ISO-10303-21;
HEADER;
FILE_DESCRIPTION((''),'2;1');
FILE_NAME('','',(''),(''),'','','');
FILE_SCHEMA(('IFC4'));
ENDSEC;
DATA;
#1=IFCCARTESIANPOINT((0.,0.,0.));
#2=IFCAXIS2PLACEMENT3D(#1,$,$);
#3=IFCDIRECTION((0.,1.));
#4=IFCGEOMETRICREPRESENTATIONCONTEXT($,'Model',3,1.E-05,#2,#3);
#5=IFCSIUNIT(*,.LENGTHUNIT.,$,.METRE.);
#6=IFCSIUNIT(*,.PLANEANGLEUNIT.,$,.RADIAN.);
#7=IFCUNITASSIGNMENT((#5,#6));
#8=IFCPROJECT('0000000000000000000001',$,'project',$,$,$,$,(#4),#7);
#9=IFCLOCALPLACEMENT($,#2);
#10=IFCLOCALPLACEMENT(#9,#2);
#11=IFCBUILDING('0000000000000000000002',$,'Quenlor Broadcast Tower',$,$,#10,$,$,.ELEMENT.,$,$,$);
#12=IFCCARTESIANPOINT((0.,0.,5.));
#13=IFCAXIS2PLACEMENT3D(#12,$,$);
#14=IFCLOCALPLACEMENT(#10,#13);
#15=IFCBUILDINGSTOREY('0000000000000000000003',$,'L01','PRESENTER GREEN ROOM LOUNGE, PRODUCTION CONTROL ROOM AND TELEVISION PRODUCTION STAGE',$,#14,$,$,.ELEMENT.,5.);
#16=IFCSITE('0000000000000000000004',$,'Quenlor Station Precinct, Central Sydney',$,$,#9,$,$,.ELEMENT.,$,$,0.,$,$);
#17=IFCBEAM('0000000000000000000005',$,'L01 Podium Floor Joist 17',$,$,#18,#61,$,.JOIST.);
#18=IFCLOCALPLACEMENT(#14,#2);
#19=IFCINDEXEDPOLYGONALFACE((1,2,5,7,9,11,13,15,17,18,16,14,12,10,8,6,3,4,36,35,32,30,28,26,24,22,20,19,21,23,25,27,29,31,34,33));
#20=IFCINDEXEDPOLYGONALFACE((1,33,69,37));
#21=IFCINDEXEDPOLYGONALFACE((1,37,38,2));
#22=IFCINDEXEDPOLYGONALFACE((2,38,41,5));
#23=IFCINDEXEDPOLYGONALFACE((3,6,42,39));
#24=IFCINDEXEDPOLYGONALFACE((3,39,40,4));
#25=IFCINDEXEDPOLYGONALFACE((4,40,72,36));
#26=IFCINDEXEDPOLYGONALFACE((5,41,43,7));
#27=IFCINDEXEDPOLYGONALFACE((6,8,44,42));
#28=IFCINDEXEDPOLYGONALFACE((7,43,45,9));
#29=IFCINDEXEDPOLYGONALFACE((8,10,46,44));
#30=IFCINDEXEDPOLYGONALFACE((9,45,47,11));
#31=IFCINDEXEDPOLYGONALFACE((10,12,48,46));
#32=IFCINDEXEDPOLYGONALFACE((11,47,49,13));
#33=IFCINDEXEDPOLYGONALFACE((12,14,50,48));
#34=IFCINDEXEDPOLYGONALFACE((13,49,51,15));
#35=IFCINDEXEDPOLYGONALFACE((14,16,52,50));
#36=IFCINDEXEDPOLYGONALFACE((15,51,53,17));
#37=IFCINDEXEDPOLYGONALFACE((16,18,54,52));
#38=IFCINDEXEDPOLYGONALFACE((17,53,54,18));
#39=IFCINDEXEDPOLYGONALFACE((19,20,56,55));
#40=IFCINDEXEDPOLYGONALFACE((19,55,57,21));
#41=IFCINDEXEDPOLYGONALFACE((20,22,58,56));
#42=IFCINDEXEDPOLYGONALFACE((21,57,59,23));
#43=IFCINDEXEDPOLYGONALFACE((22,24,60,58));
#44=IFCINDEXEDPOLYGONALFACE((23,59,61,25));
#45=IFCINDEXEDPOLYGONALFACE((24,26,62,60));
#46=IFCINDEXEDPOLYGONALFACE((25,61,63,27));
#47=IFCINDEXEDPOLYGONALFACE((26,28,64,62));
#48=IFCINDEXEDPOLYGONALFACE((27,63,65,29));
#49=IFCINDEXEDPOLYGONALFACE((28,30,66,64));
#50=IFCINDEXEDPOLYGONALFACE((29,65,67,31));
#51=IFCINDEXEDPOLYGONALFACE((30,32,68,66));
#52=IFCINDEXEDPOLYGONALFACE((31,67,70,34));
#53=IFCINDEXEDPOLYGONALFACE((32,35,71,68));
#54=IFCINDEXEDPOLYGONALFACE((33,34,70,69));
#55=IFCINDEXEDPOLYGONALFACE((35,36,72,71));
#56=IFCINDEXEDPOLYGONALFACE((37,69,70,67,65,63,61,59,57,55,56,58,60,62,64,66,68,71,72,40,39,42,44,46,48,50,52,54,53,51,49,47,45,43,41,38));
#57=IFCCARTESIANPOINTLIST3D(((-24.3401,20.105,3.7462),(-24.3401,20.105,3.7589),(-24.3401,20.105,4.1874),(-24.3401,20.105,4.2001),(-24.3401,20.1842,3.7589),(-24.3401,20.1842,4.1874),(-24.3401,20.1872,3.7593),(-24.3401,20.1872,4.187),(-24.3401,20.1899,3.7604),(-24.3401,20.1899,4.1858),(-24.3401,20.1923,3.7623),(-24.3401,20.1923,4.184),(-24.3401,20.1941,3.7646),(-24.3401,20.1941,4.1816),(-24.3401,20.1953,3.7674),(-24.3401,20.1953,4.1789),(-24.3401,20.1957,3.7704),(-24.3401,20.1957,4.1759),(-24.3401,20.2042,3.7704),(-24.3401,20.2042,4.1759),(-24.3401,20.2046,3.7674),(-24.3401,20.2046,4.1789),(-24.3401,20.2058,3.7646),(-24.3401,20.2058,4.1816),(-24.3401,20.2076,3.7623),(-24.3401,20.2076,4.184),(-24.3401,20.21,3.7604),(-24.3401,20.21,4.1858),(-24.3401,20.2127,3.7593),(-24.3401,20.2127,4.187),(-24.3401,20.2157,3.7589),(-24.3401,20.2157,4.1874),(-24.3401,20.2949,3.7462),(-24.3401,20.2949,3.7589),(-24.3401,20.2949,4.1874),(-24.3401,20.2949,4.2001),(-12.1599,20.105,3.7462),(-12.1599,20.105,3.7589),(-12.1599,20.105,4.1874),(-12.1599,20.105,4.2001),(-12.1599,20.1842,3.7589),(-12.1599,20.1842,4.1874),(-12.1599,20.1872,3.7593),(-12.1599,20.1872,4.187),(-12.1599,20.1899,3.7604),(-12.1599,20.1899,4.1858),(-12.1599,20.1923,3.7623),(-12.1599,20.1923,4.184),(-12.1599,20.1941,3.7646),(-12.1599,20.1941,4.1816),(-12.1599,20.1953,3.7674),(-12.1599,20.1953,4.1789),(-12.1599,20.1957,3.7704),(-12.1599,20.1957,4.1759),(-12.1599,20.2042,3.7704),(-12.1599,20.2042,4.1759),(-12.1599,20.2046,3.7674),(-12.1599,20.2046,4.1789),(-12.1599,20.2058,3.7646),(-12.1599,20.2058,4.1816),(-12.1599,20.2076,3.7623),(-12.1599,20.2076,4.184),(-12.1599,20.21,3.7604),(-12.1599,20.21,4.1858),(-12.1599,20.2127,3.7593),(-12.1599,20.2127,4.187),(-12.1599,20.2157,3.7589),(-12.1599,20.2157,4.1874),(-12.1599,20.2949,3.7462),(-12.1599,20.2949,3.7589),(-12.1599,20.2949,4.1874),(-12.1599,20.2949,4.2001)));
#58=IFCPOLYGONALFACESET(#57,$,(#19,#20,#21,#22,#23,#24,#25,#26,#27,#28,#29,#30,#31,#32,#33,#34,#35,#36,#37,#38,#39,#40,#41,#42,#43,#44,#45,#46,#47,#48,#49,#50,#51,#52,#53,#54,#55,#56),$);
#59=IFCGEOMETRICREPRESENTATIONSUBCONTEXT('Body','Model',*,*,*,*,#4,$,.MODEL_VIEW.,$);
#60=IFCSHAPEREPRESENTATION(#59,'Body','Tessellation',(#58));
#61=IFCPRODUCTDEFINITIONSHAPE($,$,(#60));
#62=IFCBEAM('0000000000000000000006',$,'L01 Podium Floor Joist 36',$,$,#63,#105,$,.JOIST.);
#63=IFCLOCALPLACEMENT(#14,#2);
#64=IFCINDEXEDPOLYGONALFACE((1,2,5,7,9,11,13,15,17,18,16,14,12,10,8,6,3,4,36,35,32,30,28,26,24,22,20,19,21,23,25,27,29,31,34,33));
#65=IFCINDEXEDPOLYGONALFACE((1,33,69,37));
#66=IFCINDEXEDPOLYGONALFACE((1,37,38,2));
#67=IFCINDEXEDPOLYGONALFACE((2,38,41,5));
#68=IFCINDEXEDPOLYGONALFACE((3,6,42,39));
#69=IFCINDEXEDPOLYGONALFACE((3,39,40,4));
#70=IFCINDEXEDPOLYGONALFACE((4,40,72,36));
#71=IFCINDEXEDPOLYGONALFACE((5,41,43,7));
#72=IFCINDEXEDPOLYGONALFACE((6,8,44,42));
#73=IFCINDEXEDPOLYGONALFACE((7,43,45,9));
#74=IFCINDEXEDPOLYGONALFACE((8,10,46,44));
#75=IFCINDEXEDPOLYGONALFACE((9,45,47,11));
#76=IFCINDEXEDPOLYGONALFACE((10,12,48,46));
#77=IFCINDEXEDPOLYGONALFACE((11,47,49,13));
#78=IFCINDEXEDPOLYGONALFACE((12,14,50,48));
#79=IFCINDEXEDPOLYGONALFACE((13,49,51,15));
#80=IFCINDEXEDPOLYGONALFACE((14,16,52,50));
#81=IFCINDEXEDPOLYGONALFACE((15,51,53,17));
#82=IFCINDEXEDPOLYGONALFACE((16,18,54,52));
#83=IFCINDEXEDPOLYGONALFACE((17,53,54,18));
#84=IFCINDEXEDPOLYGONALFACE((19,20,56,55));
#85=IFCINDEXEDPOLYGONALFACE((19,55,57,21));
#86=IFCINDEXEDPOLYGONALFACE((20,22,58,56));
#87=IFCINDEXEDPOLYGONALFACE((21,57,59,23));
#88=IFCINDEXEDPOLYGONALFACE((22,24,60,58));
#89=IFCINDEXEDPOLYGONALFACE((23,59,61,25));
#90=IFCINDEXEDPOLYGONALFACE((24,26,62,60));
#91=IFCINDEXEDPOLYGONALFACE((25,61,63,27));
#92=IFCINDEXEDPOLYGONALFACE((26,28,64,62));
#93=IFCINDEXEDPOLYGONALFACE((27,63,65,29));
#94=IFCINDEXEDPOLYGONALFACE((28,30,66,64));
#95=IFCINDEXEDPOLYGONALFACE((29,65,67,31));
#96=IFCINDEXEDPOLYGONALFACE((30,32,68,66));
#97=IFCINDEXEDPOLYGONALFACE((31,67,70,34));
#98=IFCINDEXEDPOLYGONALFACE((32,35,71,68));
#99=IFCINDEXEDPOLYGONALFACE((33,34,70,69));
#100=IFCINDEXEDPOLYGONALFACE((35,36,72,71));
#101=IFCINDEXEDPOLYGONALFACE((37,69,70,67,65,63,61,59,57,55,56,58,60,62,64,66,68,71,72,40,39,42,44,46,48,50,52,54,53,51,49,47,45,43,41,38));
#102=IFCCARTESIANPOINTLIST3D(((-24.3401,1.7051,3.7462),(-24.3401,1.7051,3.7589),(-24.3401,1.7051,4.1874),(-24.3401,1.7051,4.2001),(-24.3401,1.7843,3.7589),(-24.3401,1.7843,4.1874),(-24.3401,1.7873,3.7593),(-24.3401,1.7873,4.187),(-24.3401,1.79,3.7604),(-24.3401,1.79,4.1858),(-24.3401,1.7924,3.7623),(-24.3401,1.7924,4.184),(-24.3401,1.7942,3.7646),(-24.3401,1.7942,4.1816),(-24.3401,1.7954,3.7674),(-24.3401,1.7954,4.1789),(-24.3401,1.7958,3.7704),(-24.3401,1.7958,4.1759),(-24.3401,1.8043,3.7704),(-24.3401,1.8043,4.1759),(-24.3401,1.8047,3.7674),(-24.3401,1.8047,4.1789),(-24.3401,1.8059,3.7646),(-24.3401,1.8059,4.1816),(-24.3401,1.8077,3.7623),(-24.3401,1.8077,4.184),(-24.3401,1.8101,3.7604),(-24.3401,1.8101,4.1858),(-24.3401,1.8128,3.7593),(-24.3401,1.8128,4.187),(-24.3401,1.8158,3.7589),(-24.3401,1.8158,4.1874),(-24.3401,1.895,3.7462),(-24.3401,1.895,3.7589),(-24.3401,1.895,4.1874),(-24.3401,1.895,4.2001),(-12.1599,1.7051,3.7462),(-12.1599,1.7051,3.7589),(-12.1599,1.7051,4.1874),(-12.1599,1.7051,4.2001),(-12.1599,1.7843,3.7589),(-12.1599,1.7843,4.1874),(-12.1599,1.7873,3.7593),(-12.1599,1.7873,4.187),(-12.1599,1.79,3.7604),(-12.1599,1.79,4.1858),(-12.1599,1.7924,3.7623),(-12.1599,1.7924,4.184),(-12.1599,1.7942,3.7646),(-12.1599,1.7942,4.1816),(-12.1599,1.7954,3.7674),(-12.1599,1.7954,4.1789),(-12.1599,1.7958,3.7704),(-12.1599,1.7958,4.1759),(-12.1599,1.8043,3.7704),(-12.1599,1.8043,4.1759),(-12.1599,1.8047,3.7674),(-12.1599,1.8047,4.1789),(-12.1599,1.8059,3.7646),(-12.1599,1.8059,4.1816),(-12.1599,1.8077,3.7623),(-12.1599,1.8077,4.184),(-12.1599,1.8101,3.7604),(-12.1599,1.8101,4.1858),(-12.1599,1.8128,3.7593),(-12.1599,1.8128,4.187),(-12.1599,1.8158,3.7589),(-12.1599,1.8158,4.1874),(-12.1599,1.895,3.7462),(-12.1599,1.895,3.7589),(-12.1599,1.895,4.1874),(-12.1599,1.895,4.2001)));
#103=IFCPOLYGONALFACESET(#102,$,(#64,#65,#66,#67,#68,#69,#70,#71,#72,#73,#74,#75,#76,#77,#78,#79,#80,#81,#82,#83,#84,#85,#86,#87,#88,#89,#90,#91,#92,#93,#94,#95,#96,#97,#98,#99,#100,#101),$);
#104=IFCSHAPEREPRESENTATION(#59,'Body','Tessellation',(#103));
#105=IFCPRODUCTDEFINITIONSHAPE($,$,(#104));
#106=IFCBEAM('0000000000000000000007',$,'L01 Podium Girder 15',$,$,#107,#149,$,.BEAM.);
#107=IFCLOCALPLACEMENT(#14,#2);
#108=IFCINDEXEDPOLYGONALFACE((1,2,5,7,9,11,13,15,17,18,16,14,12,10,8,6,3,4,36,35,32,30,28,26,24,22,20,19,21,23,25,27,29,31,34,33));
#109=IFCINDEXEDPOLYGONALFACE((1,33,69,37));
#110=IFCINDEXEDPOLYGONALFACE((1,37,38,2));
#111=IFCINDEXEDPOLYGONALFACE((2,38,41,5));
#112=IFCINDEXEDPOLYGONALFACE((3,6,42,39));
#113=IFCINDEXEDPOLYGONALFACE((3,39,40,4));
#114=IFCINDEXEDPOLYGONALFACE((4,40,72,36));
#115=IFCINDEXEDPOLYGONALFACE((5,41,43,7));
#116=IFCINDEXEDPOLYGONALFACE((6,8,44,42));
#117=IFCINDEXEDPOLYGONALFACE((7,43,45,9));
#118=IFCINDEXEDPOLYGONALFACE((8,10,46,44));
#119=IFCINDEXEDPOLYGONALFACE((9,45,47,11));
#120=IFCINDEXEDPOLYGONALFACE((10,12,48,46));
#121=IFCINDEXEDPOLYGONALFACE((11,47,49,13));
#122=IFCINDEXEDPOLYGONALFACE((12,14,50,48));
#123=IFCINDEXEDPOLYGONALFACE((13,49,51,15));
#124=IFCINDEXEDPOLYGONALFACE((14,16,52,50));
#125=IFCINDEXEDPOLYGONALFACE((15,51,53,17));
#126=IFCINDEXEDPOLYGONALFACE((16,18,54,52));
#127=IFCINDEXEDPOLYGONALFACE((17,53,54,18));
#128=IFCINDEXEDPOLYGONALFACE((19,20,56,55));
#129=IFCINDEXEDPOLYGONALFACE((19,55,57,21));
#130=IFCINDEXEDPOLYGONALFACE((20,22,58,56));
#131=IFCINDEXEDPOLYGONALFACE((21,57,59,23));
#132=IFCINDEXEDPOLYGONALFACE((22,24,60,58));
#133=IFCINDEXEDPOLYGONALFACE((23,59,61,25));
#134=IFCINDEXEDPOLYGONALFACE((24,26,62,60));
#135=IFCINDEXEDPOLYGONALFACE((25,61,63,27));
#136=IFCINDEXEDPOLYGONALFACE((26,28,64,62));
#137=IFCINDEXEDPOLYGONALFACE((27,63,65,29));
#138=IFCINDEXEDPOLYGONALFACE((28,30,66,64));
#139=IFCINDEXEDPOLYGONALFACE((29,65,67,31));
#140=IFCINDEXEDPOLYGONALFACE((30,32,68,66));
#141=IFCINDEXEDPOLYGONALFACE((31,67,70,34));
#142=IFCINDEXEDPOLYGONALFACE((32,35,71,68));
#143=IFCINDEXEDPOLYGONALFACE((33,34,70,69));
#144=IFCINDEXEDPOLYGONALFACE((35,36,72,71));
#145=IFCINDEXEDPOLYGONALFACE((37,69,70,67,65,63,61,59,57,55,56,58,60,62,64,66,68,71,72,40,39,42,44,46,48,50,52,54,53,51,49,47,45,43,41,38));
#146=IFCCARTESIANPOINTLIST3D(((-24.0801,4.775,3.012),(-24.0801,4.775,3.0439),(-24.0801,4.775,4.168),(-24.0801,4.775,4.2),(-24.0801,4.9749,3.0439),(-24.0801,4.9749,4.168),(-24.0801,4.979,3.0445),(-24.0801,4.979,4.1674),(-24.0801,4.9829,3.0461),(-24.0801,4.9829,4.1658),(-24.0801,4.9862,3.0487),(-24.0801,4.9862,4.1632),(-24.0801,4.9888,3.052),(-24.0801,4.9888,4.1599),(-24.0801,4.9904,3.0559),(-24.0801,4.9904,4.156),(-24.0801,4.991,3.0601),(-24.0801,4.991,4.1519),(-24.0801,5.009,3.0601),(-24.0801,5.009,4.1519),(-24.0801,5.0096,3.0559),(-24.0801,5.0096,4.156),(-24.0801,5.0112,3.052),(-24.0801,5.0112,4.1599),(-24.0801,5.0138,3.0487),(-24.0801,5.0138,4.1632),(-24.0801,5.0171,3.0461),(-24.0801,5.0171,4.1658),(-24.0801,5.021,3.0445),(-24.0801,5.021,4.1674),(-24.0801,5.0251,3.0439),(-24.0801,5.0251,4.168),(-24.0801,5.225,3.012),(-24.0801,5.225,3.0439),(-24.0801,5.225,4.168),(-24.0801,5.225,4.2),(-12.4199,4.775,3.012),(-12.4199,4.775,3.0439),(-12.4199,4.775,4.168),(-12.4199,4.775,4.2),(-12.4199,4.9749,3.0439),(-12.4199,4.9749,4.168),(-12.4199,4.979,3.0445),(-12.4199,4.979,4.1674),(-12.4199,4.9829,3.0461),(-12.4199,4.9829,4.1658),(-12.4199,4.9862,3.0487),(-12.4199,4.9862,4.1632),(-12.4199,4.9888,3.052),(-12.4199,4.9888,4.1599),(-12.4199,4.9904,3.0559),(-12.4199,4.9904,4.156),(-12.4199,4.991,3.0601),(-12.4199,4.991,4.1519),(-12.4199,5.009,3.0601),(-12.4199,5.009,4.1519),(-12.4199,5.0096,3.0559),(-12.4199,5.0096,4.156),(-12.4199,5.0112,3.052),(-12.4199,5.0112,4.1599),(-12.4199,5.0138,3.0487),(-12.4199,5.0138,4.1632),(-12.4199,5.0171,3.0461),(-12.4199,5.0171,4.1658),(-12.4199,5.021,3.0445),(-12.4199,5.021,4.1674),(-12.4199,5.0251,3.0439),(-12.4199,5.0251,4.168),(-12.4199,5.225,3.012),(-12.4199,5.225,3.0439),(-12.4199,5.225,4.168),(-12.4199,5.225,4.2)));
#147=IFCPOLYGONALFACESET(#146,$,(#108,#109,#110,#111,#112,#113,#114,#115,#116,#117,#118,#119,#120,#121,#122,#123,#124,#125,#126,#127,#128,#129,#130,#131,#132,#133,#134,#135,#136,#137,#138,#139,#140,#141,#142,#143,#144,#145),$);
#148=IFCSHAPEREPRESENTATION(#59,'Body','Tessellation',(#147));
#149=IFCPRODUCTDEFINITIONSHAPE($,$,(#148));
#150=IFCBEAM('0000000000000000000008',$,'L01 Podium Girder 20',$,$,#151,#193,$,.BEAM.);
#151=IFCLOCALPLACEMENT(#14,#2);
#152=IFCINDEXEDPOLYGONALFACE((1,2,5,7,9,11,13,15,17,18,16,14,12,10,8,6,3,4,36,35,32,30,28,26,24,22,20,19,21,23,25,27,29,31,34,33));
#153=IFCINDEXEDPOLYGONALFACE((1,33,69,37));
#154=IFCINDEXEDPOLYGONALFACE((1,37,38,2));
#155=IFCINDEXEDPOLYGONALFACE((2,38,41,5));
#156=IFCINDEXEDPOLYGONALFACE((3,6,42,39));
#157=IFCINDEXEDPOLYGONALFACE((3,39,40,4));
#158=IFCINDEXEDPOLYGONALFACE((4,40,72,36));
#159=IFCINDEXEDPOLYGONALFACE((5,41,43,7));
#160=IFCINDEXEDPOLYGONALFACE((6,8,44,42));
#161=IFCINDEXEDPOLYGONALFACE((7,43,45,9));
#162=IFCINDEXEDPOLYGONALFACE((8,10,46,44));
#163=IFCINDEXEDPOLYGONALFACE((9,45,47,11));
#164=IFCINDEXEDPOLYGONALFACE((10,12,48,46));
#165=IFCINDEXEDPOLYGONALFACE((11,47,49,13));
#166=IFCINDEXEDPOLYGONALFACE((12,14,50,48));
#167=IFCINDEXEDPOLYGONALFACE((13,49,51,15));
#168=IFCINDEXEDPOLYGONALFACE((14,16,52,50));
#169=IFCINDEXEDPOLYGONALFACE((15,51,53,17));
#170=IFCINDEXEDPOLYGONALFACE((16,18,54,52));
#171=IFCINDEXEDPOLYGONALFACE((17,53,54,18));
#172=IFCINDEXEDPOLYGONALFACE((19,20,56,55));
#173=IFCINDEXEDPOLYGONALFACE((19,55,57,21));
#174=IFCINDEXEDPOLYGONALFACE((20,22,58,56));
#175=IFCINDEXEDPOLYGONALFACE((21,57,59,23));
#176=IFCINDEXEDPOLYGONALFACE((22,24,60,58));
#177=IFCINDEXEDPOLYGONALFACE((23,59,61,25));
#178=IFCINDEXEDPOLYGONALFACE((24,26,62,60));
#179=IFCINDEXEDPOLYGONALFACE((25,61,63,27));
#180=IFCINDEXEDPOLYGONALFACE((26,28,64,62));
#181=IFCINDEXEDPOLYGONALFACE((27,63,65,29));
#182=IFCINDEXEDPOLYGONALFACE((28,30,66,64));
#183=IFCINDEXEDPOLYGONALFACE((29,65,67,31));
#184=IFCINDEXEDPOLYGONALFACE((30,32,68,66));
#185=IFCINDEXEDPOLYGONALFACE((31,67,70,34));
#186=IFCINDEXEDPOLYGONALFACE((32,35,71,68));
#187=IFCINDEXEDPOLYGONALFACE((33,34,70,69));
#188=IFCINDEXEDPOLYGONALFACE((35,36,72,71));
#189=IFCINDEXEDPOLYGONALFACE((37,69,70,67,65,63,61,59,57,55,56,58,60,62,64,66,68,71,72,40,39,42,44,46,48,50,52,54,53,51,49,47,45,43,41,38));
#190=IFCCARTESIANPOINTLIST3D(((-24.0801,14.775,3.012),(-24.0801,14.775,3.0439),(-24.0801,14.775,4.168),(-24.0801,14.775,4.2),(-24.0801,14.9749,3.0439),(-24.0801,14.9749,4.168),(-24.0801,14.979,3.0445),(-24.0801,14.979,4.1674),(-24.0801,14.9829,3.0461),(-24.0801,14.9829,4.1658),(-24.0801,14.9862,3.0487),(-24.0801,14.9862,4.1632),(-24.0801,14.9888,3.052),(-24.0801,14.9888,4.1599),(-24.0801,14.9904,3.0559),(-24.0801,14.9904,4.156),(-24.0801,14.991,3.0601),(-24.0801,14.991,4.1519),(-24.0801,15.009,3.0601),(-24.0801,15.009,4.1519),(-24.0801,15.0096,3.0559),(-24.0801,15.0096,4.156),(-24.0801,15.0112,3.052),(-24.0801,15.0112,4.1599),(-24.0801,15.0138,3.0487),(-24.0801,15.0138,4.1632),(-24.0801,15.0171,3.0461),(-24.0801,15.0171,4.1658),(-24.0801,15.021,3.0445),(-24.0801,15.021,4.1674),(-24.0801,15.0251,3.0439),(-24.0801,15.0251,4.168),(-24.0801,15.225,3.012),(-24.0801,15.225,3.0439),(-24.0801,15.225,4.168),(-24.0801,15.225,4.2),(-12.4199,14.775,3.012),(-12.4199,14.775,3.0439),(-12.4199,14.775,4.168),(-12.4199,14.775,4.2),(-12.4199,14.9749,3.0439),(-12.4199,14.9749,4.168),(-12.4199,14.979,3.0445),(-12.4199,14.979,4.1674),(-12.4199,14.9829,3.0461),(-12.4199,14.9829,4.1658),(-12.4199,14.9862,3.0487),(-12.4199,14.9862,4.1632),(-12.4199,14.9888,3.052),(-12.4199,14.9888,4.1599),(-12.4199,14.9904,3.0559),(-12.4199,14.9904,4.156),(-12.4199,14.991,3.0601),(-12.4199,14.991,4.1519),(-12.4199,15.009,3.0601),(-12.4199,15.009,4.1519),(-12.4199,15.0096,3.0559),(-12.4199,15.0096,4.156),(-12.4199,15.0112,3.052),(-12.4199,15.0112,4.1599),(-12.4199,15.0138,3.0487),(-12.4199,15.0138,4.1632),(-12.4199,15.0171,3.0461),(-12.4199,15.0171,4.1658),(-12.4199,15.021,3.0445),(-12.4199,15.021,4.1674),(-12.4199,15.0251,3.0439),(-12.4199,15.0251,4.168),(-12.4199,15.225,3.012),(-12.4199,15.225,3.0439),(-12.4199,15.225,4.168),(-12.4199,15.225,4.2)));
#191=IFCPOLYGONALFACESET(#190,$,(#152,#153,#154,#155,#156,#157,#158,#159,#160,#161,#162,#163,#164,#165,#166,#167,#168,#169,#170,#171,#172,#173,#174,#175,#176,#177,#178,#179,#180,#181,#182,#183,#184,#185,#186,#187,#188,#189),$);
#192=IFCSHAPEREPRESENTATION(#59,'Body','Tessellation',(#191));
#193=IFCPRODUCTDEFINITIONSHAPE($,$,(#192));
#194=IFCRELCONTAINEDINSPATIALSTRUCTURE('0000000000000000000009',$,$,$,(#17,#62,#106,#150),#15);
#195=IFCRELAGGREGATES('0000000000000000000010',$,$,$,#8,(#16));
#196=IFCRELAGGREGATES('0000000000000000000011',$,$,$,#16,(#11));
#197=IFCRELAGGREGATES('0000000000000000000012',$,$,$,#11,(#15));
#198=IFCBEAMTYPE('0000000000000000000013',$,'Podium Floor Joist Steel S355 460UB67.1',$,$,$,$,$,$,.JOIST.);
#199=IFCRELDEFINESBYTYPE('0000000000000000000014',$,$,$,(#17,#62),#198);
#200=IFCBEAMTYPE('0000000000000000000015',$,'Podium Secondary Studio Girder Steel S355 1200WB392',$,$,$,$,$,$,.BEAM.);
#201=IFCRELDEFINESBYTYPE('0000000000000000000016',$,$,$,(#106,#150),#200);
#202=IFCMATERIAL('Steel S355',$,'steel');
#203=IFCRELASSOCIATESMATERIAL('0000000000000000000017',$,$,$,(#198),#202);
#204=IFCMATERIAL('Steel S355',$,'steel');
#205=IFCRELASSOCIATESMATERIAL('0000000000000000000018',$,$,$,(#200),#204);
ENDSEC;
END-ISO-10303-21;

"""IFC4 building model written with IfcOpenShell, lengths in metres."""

from ifc_helpers import new_model, si_unit, direction, frame, origin, origin_2d, place, context, subcontext, project, spatial, i_section, extrude, material, material_profile, profile_set, type_object, element, save


model = new_model("IFC4")

# Units and contexts
model_context = context("Model", 3, precision=1e-05, world=origin(), true_north=direction((0.0, 1.0)))
body_context = subcontext(model_context, "Body", "Model", "MODEL_VIEW")
ifc_project = project(units=[si_unit("LENGTHUNIT", "METRE"), si_unit("PLANEANGLEUNIT", "RADIAN")], contexts=[model_context])

# Site, building, storey
site_placement = place(None, origin())
site = spatial("IfcSite", under=ifc_project, at=site_placement, Name="Quenlor Station Precinct, Central Sydney", CompositionType="ELEMENT", RefElevation=0.0)
building_placement = place(site_placement, origin())
building = spatial("IfcBuilding", under=site, at=building_placement, Name="Quenlor Broadcast Tower", CompositionType="ELEMENT")
storey_placement = place(building_placement, frame((0.0, 0.0, 5.0)))
storey = spatial("IfcBuildingStorey", under=building, at=storey_placement, Name="L01", Description="PRESENTER GREEN ROOM LOUNGE, PRODUCTION CONTROL ROOM AND TELEVISION PRODUCTION STAGE", CompositionType="ELEMENT", Elevation=5.0)

# Beams
ifc_material_1 = material(Name="Steel S355", Category="steel")
ifc_material_profile_1 = material_profile(ifc_material_1, i_section(OverallWidth=0.1899, OverallDepth=0.4539, WebThickness=0.0085, FlangeThickness=0.0127, FilletRadius=0.0115, at=origin_2d()))
ifc_profile_set_1 = profile_set([ifc_material_profile_1], Name="Steel S355 460UB67.1")
beam_type_1 = type_object("IfcBeamType", Name="Podium Floor Joist Steel S355 460UB67.1", PredefinedType="JOIST", material=ifc_profile_set_1)
for number, where, z_axis, x_axis, name in (
    (1, (-24.3401, 20.2, 3.9731), (1.0, 0.0, 0.0), (0.0, 1.0, 0.0), "L01 Podium Floor Joist 17"),
    (2, (-24.3401, 1.8, 3.9731), (1.0, 0.0, 0.0), (0.0, 1.0, 0.0), "L01 Podium Floor Joist 36"),
):
    element("IfcBeam", number, at=place(storey_placement, frame(where, z_axis=z_axis, x_axis=x_axis)), inside=storey, type_object=beam_type_1, Name=name, PredefinedType="JOIST", context=body_context, shape_type="SweptSolid", body=[
        extrude(i_section(OverallWidth=0.1899, OverallDepth=0.4539, WebThickness=0.0085, FlangeThickness=0.0127, FilletRadius=0.0115, at=origin_2d()), origin(), (0.0, 0.0, 1.0), 12.1802),
    ])
ifc_material_2 = material(Name="Steel S355", Category="steel")
ifc_material_profile_2 = material_profile(ifc_material_2, i_section(OverallWidth=0.45, OverallDepth=1.188, WebThickness=0.0181, FlangeThickness=0.032, FilletRadius=0.0161, at=origin_2d()))
ifc_profile_set_2 = profile_set([ifc_material_profile_2], Name="Steel S355 1200WB392")
beam_type_2 = type_object("IfcBeamType", Name="Podium Secondary Studio Girder Steel S355 1200WB392", PredefinedType="BEAM", material=ifc_profile_set_2)
for number, where, z_axis, x_axis, name in (
    (3, (-24.0801, 5.0, 3.606), (1.0, 0.0, 0.0), (0.0, 1.0, 0.0), "L01 Podium Girder 15"),
    (4, (-24.0801, 15.0, 3.606), (1.0, 0.0, 0.0), (0.0, 1.0, 0.0), "L01 Podium Girder 20"),
):
    element("IfcBeam", number, at=place(storey_placement, frame(where, z_axis=z_axis, x_axis=x_axis)), inside=storey, type_object=beam_type_2, Name=name, PredefinedType="BEAM", context=body_context, shape_type="SweptSolid", body=[
        extrude(i_section(OverallWidth=0.45, OverallDepth=1.188, WebThickness=0.0181, FlangeThickness=0.032, FilletRadius=0.0161, at=origin_2d()), origin(), (0.0, 0.0, 1.0), 11.6602),
    ])

save(model, "model.ifc")
